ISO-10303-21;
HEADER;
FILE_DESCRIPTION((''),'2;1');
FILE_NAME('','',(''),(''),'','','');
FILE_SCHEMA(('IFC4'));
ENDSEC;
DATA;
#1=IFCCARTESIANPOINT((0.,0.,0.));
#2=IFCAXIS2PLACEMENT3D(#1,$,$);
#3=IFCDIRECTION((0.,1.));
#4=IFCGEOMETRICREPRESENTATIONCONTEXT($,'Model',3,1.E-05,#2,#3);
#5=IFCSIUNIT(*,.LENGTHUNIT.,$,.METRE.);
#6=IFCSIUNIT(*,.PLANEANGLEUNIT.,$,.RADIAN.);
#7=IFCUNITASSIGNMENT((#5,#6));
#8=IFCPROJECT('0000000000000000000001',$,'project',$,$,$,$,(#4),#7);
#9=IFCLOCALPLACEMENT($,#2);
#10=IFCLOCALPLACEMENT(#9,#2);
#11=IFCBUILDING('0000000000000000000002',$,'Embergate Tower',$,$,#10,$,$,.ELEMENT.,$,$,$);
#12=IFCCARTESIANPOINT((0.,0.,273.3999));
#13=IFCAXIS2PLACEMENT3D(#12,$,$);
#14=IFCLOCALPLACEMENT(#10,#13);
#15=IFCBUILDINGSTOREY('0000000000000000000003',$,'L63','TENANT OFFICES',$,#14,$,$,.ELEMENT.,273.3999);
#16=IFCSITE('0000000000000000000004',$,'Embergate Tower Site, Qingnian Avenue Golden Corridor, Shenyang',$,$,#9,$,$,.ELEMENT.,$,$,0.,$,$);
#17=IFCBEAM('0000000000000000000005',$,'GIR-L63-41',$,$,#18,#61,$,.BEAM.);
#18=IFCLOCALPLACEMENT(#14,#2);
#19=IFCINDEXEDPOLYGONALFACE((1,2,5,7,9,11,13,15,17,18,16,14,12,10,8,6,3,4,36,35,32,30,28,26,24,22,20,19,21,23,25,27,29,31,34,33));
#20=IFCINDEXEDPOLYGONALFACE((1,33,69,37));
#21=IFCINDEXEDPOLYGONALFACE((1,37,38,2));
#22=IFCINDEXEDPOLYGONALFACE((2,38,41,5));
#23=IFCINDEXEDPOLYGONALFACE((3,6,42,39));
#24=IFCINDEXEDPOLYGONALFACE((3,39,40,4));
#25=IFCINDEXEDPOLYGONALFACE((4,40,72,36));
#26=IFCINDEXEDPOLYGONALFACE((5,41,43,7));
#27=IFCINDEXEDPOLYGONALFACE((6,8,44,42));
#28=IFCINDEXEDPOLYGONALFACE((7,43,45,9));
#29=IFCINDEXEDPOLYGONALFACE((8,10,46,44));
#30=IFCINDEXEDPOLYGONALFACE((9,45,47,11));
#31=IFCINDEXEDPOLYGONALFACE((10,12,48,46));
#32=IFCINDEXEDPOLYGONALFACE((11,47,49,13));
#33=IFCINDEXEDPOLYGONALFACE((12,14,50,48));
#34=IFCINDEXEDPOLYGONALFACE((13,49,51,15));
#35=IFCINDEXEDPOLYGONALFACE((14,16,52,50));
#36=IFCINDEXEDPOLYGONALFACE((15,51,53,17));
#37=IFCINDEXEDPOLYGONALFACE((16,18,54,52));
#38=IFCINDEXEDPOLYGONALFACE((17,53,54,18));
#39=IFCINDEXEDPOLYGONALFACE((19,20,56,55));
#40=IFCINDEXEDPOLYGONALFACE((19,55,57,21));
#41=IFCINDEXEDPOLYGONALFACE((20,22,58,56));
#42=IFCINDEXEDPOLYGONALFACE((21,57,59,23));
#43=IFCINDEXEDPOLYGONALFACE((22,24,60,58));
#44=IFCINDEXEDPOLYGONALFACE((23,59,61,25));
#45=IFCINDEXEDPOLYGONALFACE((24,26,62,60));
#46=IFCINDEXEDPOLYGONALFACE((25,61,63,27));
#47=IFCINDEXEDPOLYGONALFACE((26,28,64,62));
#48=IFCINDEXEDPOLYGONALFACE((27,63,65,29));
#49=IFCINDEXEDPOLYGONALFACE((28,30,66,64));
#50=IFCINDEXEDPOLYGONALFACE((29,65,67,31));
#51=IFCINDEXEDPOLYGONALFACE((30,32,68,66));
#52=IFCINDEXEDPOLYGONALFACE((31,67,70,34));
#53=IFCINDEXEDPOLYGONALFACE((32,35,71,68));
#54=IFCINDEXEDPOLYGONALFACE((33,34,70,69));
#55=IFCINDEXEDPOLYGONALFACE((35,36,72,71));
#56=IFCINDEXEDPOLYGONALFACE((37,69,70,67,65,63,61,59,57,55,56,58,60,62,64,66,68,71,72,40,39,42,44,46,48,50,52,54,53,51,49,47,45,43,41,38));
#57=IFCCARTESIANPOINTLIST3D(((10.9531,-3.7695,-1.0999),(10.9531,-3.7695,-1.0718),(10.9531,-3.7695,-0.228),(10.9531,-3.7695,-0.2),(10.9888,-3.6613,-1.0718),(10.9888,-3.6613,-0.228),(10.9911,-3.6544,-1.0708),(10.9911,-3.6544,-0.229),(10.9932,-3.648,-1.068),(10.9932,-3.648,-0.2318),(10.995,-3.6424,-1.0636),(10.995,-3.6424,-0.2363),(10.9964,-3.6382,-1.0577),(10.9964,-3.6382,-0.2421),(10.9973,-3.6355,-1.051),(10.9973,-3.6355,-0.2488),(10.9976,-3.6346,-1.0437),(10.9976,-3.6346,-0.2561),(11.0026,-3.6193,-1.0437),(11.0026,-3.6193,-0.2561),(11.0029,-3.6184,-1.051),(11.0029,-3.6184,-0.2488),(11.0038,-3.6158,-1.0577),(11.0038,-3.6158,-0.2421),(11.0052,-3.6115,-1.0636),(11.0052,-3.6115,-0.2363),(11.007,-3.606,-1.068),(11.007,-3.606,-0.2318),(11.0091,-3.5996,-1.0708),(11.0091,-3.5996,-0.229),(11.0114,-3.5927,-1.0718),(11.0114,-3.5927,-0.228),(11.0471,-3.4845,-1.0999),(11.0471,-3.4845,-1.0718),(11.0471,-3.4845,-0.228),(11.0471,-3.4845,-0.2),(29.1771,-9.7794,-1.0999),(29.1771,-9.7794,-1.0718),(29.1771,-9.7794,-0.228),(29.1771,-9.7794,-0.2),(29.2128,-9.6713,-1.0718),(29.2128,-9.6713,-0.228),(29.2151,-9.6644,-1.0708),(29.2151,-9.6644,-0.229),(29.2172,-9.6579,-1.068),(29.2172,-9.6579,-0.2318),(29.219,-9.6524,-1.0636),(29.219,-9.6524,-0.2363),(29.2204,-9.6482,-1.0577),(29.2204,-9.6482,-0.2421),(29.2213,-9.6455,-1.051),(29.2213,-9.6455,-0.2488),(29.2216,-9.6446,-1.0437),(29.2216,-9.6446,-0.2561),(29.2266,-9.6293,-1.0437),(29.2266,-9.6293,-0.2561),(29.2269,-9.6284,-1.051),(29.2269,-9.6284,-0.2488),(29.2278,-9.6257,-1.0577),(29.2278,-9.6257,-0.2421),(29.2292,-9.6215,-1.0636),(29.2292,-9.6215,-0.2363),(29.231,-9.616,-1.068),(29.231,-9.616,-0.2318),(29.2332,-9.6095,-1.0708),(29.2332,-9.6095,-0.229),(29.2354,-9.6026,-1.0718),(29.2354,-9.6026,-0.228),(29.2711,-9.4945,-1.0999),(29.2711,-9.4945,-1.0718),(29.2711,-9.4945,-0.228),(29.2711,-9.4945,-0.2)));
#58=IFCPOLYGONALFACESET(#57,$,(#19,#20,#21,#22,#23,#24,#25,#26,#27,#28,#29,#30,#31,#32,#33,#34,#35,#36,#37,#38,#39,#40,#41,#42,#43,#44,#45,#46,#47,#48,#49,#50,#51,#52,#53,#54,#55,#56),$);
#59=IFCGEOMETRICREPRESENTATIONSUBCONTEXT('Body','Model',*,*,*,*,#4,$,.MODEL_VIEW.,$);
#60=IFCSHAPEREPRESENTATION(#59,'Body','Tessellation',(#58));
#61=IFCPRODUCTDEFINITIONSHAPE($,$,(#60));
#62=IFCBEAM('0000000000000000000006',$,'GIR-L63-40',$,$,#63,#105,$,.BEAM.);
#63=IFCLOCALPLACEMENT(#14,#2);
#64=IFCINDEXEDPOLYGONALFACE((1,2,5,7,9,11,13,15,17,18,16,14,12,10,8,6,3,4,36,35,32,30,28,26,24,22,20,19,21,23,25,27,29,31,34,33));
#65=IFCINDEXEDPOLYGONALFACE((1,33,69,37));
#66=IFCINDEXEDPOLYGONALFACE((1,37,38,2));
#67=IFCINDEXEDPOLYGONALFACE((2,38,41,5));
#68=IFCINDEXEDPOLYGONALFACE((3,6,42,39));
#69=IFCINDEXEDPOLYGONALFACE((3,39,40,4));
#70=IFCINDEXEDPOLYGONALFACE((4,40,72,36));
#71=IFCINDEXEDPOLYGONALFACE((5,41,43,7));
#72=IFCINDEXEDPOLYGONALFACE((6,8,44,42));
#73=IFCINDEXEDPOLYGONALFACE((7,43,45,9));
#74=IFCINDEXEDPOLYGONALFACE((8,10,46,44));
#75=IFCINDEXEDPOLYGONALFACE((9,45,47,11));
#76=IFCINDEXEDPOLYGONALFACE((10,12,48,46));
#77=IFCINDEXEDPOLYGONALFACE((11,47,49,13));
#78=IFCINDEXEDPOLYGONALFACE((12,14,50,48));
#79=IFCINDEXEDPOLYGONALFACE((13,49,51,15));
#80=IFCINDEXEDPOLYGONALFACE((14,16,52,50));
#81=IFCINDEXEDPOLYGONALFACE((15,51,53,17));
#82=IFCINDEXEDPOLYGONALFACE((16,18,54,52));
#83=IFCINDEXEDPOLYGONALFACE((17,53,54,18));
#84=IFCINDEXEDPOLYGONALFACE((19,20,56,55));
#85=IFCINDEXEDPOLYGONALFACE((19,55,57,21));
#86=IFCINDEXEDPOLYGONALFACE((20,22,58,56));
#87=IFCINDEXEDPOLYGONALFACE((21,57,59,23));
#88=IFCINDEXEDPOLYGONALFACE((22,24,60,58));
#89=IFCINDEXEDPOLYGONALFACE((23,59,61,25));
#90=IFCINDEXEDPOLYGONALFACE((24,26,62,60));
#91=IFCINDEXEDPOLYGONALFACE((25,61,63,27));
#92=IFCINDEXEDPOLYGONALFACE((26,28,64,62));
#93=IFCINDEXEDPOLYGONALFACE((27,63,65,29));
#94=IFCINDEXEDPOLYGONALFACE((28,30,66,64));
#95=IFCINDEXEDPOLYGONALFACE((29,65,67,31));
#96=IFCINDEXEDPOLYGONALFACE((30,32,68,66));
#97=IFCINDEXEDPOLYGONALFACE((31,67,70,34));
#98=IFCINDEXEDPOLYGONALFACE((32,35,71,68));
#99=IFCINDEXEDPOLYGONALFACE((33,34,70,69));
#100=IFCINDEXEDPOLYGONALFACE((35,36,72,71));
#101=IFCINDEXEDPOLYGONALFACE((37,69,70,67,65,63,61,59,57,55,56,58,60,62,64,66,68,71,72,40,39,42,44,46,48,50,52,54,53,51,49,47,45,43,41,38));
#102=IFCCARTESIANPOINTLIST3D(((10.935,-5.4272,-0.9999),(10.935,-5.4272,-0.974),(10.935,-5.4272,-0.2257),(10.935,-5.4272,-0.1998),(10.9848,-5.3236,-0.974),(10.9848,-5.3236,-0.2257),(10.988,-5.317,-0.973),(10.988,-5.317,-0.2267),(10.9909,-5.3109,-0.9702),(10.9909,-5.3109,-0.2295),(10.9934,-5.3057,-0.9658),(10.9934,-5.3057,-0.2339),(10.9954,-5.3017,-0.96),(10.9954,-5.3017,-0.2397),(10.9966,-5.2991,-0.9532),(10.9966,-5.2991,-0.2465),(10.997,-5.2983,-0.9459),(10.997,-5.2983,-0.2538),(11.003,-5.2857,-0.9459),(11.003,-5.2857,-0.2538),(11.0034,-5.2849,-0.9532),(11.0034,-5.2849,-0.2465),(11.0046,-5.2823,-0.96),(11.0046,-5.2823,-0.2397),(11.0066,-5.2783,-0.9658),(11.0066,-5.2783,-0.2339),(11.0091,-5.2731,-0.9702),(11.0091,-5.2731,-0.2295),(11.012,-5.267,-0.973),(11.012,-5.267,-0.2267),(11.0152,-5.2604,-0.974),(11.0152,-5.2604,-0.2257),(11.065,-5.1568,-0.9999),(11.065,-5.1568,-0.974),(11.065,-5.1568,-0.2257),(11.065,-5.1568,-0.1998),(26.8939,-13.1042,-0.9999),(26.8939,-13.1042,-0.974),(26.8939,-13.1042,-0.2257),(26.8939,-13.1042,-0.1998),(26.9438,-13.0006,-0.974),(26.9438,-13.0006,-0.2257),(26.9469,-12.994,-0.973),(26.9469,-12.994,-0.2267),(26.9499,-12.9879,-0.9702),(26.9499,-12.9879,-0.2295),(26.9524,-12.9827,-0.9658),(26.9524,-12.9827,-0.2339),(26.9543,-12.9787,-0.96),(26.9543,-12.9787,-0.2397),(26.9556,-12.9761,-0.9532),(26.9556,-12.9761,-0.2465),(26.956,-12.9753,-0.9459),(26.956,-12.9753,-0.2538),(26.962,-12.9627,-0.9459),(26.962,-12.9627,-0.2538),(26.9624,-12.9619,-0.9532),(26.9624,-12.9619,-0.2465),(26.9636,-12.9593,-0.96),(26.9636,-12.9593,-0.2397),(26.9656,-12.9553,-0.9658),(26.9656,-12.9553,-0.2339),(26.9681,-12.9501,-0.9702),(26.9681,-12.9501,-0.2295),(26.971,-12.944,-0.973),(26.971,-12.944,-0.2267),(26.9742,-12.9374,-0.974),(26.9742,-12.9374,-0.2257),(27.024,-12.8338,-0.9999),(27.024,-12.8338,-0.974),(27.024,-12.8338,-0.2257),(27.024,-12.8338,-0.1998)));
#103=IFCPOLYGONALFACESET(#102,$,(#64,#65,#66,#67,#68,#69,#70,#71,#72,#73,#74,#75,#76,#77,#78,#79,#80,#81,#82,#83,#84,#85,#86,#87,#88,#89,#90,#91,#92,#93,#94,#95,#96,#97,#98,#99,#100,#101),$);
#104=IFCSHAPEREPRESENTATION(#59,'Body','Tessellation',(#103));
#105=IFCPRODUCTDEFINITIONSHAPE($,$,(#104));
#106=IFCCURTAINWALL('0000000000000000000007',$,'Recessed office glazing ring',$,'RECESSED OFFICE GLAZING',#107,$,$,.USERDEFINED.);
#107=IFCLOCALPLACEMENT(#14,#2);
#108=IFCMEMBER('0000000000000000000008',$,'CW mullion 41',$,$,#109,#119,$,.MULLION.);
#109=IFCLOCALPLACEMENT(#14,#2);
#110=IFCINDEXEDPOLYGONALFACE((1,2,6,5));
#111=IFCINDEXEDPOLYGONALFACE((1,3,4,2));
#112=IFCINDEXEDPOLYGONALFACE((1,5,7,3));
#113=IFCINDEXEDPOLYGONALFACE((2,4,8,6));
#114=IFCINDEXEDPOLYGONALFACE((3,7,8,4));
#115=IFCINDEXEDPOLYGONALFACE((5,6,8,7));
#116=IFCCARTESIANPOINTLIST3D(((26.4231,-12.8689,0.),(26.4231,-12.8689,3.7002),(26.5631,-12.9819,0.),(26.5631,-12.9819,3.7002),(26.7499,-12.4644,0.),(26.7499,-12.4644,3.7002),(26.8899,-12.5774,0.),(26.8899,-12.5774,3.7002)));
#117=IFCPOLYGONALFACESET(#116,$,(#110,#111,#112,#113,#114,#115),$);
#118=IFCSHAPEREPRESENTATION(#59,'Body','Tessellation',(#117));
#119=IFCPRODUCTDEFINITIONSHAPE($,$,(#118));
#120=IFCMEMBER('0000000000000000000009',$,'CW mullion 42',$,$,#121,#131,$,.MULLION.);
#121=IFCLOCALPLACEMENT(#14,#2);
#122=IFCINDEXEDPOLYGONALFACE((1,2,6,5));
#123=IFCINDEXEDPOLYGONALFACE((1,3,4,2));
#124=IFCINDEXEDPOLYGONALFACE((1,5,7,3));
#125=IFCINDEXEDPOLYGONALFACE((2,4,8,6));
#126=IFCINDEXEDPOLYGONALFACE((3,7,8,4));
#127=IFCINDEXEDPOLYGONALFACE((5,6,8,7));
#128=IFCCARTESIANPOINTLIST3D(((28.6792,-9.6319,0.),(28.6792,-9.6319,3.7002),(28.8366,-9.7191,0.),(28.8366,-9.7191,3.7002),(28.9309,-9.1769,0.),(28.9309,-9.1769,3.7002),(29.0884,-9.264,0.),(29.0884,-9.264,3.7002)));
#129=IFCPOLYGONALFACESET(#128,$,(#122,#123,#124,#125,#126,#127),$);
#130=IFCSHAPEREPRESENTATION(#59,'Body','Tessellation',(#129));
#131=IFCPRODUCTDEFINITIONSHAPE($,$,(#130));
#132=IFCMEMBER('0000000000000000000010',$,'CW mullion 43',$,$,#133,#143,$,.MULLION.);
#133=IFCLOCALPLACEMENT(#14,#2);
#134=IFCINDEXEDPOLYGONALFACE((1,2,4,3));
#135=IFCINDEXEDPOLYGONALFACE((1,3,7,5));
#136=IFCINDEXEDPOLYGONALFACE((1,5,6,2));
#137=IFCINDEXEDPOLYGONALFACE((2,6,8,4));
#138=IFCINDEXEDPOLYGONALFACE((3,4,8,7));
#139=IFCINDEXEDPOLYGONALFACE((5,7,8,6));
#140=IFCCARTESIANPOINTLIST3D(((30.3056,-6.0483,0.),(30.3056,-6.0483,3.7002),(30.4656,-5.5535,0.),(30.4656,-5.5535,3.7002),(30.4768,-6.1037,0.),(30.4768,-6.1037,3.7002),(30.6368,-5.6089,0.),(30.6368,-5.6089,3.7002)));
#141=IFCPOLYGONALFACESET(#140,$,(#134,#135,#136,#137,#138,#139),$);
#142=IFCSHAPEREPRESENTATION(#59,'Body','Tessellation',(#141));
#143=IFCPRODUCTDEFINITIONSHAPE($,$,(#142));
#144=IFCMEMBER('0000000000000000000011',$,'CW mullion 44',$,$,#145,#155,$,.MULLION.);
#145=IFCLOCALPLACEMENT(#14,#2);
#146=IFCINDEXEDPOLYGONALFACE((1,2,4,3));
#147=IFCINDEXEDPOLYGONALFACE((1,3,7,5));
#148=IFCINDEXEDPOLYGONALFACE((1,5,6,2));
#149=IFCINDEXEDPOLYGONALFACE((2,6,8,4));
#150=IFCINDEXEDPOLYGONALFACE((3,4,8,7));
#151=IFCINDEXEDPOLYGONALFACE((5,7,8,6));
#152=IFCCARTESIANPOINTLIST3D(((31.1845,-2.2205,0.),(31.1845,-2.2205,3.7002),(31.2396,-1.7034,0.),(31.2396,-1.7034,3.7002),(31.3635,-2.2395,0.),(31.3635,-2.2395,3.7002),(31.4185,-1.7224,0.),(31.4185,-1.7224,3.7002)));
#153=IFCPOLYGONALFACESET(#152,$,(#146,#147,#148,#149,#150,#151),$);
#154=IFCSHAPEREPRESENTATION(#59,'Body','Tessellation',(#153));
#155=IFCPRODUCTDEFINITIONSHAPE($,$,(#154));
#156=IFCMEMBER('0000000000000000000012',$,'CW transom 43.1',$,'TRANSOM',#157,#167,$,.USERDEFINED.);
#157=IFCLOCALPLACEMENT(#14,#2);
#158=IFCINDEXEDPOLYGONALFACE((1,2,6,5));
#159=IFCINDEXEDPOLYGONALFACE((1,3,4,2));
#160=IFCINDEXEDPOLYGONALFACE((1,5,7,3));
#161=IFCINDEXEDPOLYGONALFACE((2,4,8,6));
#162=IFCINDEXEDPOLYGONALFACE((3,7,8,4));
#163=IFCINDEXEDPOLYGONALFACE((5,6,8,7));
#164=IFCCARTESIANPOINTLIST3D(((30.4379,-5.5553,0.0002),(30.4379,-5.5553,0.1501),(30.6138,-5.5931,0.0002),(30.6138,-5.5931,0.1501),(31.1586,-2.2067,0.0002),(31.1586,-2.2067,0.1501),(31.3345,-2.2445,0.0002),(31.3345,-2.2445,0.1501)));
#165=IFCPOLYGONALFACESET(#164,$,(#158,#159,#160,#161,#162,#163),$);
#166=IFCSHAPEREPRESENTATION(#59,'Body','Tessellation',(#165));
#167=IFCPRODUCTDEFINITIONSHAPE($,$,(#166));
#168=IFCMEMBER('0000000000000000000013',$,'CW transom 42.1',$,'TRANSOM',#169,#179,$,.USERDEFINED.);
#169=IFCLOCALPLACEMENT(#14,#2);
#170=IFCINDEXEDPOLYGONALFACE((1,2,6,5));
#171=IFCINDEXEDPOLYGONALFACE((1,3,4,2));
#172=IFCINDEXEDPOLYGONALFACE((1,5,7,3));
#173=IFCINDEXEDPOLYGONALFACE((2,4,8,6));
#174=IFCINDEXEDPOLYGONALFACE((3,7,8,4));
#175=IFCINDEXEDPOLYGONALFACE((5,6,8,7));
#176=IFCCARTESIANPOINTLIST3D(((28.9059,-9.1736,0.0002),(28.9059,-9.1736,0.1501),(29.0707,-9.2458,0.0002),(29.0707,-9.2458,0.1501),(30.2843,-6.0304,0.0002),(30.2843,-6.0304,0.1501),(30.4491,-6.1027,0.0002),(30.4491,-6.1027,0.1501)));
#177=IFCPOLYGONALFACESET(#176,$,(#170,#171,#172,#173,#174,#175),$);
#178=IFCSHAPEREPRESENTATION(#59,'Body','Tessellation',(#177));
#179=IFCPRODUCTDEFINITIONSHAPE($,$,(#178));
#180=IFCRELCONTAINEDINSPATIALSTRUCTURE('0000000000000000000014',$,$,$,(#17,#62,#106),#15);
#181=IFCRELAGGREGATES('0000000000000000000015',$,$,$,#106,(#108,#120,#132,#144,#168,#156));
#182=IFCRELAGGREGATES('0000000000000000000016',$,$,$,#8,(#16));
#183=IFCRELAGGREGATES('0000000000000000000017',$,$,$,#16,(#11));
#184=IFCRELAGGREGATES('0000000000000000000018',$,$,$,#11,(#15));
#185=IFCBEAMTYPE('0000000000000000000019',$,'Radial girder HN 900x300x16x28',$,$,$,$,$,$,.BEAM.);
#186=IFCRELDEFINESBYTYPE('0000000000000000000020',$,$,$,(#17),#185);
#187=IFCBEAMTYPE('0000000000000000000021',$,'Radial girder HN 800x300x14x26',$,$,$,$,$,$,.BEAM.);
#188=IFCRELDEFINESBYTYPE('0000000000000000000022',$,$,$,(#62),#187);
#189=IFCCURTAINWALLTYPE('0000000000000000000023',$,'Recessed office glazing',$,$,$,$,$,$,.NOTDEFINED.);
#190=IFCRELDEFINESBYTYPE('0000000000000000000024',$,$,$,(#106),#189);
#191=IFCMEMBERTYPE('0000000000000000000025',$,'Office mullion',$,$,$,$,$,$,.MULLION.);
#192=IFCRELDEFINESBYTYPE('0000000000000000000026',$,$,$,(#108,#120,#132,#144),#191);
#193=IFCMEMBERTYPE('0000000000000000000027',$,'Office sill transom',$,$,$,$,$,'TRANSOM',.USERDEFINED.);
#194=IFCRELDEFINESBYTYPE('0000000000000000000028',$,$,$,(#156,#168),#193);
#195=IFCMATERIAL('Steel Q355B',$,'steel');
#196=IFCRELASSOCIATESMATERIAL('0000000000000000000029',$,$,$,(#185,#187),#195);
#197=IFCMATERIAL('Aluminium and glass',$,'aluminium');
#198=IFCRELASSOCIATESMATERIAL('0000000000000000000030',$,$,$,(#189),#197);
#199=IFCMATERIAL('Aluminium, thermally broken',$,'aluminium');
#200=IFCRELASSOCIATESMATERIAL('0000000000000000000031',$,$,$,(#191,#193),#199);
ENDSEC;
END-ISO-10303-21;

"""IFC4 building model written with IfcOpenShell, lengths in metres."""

from ifc_helpers import new_model, si_unit, direction, frame, origin, origin_2d, place, context, subcontext, project, spatial, rectangle, i_section, extrude, source, transform, mapped, material, material_profile, profile_set, type_object, element, aggregate, save


model = new_model("IFC4")

# Units and contexts
model_context = context("Model", 3, precision=1e-05, world=origin(), true_north=direction((0.0, 1.0)))
body_context = subcontext(model_context, "Body", "Model", "MODEL_VIEW")
ifc_project = project(units=[si_unit("LENGTHUNIT", "METRE"), si_unit("PLANEANGLEUNIT", "RADIAN")], contexts=[model_context])

# Site, building, storey
site_placement = place(None, origin())
site = spatial("IfcSite", under=ifc_project, at=site_placement, Name="Embergate Tower Site, Qingnian Avenue Golden Corridor, Shenyang", CompositionType="ELEMENT", RefElevation=0.0)
building_placement = place(site_placement, origin())
building = spatial("IfcBuilding", under=site, at=building_placement, Name="Embergate Tower", CompositionType="ELEMENT")
storey_placement = place(building_placement, frame((0.0, 0.0, 273.3999)))
storey = spatial("IfcBuildingStorey", under=building, at=storey_placement, Name="L63", Description="TENANT OFFICES", CompositionType="ELEMENT", Elevation=273.3999)

# Beams
ifc_material_1 = material(Name="Steel Q355B", Category="steel")
ifc_material_profile_1 = material_profile(ifc_material_1, i_section(OverallWidth=0.3, OverallDepth=0.8999, WebThickness=0.0161, FlangeThickness=0.0281, FilletRadius=0.0281, at=origin_2d()), Name="HN 900x300x16x28")
ifc_profile_set_1 = profile_set([ifc_material_profile_1], Name="Steel Q355 grade B")
beam_type_1 = type_object("IfcBeamType", Name="Radial girder HN 900x300x16x28", PredefinedType="BEAM", material=ifc_profile_set_1)
shared_shape_1 = source(origin(), body_context, "Body", "SweptSolid", [
    extrude(i_section(OverallWidth=0.3, OverallDepth=0.8999, WebThickness=0.0161, FlangeThickness=0.0281, FilletRadius=0.0281, at=origin_2d()), origin(), (0.0, 0.0, 1.0), 19.1895),
])
beam_1_placement = place(storey_placement, frame((29.2241, -9.637, -0.6499), z_axis=(-0.94969, 0.313192, 0.0), x_axis=(-0.313192, -0.94969, 0.0)))
element("IfcBeam", 1, at=beam_1_placement, inside=storey, type_object=beam_type_1, Name="GIR-L63-41", PredefinedType="BEAM", context=body_context, shape_type="MappedRepresentation", body=[
    mapped(shared_shape_1, transform((0.0, 0.0, 0.0))),
])
ifc_material_profile_2 = material_profile(ifc_material_1, i_section(OverallWidth=0.3, OverallDepth=0.8, WebThickness=0.0139, FlangeThickness=0.0259, FilletRadius=0.0281, at=origin_2d()), Name="HN 800x300x14x26")
ifc_profile_set_2 = profile_set([ifc_material_profile_2], Name="Steel Q355 grade B")
beam_type_2 = type_object("IfcBeamType", Name="Radial girder HN 800x300x14x26", PredefinedType="BEAM", material=ifc_profile_set_2)
shared_shape_2 = source(origin(), body_context, "Body", "SweptSolid", [
    extrude(i_section(OverallWidth=0.3, OverallDepth=0.8, WebThickness=0.0139, FlangeThickness=0.0259, FilletRadius=0.0281, at=origin_2d()), origin(), (0.0, 0.0, 1.0), 17.7095),
])
beam_2_placement = place(storey_placement, frame((26.959, -12.969, -0.5999), z_axis=(-0.901155, 0.433497, 0.0), x_axis=(-0.433497, -0.901155, 0.0)))
element("IfcBeam", 2, at=beam_2_placement, inside=storey, type_object=beam_type_2, Name="GIR-L63-40", PredefinedType="BEAM", context=body_context, shape_type="MappedRepresentation", body=[
    mapped(shared_shape_2, transform((0.0, 0.0, 0.0))),
])

# Curtain wall, members
ifc_material_2 = material(Name="Aluminium and glass", Category="aluminium")
curtain_wall_type = type_object("IfcCurtainWallType", Name="Recessed office glazing", PredefinedType="NOTDEFINED", material=ifc_material_2)
curtain_wall_placement = place(storey_placement, origin())
curtain_wall = element("IfcCurtainWall", 3, at=curtain_wall_placement, inside=storey, type_object=curtain_wall_type, Name="Recessed office glazing ring", ObjectType="RECESSED OFFICE GLAZING", PredefinedType="USERDEFINED")
ifc_material_3 = material(Name="Aluminium, thermally broken", Category="aluminium")
ifc_material_profile_3 = material_profile(ifc_material_3, rectangle(XDim=0.1799, YDim=0.52, at=origin_2d()), Name="AL 520x180")
ifc_profile_set_3 = profile_set([ifc_material_profile_3], Name="Aluminium, thermally broken")
member_type_1 = type_object("IfcMemberType", Name="Office mullion", PredefinedType="MULLION", material=ifc_profile_set_3)
shared_shape_3 = source(origin(), body_context, "Body", "SweptSolid", [
    extrude(rectangle(XDim=0.1799, YDim=0.52, at=origin_2d()), origin(), (0.0, 0.0, 1.0), 3.7002),
])
member_1_placement = place(storey_placement, frame((26.6565, -12.7231, 0.0), z_axis=(0.0, 0.0, 1.0), x_axis=(-0.777862, 0.628436, 0.0)))
member_1 = element("IfcMember", 4, at=member_1_placement, type_object=member_type_1, Name="CW mullion 41", PredefinedType="MULLION", context=body_context, shape_type="MappedRepresentation", body=[
    mapped(shared_shape_3, transform((0.0, 0.0, 0.0))),
])
member_2_placement = place(storey_placement, frame((28.8838, -9.448, 0.0), z_axis=(0.0, 0.0, 1.0), x_axis=(-0.874993, 0.484136, 0.0)))
member_2 = element("IfcMember", 5, at=member_2_placement, type_object=member_type_1, Name="CW mullion 42", PredefinedType="MULLION", context=body_context, shape_type="MappedRepresentation", body=[
    mapped(shared_shape_3, transform((0.0, 0.0, 0.0))),
])
member_3_placement = place(storey_placement, frame((30.4712, -5.8286, 0.0), z_axis=(0.0, 0.0, 1.0), x_axis=(-0.951493, 0.307671, 0.0)))
member_3 = element("IfcMember", 6, at=member_3_placement, type_object=member_type_1, Name="CW mullion 43", PredefinedType="MULLION", context=body_context, shape_type="MappedRepresentation", body=[
    mapped(shared_shape_3, transform((0.0, 0.0, 0.0))),
])
member_4_placement = place(storey_placement, frame((31.3015, -1.9714, 0.0), z_axis=(0.0, 0.0, 1.0), x_axis=(-0.994384, 0.10583, 0.0)))
member_4 = element("IfcMember", 7, at=member_4_placement, type_object=member_type_1, Name="CW mullion 44", PredefinedType="MULLION", context=body_context, shape_type="MappedRepresentation", body=[
    mapped(shared_shape_3, transform((0.0, 0.0, 0.0))),
])
ifc_material_profile_4 = material_profile(ifc_material_3, rectangle(XDim=0.1799, YDim=0.1499, at=origin_2d()), Name="AL 150x180")
ifc_profile_set_4 = profile_set([ifc_material_profile_4], Name="Aluminium, thermally broken")
member_type_2 = type_object("IfcMemberType", Name="Office sill transom", ElementType="TRANSOM", PredefinedType="USERDEFINED", material=ifc_profile_set_4)
shared_shape_4 = source(origin(), body_context, "Body", "SweptSolid", [
    extrude(rectangle(XDim=0.1799, YDim=0.1499, at=origin_2d()), origin(), (0.0, 0.0, 1.0), 3.4253),
])
member_5_placement = place(storey_placement, frame((30.5259, -5.5742, 0.0752), z_axis=(0.210405, 0.977614, 0.0), x_axis=(-0.977614, 0.210405, 0.0)))
member_5 = element("IfcMember", 8, at=member_5_placement, type_object=member_type_2, Name="CW transom 43.1", ObjectType="TRANSOM", PredefinedType="USERDEFINED", context=body_context, shape_type="MappedRepresentation", body=[
    mapped(shared_shape_4, transform((0.0, 0.0, 0.0))),
])
shared_shape_5 = source(origin(), body_context, "Body", "SweptSolid", [
    extrude(rectangle(XDim=0.1799, YDim=0.1499, at=origin_2d()), origin(), (0.0, 0.0, 1.0), 3.4321),
])
member_6_placement = place(storey_placement, frame((28.9883, -9.2097, 0.0752), z_axis=(0.401632, 0.915801, 0.0), x_axis=(-0.915801, 0.401632, 0.0)))
member_6 = element("IfcMember", 9, at=member_6_placement, type_object=member_type_2, Name="CW transom 42.1", ObjectType="TRANSOM", PredefinedType="USERDEFINED", context=body_context, shape_type="MappedRepresentation", body=[
    mapped(shared_shape_5, transform((0.0, 0.0, 0.0))),
])
aggregate(curtain_wall, [member_1, member_2, member_3, member_4, member_6, member_5])

save(model, "model.ifc")
